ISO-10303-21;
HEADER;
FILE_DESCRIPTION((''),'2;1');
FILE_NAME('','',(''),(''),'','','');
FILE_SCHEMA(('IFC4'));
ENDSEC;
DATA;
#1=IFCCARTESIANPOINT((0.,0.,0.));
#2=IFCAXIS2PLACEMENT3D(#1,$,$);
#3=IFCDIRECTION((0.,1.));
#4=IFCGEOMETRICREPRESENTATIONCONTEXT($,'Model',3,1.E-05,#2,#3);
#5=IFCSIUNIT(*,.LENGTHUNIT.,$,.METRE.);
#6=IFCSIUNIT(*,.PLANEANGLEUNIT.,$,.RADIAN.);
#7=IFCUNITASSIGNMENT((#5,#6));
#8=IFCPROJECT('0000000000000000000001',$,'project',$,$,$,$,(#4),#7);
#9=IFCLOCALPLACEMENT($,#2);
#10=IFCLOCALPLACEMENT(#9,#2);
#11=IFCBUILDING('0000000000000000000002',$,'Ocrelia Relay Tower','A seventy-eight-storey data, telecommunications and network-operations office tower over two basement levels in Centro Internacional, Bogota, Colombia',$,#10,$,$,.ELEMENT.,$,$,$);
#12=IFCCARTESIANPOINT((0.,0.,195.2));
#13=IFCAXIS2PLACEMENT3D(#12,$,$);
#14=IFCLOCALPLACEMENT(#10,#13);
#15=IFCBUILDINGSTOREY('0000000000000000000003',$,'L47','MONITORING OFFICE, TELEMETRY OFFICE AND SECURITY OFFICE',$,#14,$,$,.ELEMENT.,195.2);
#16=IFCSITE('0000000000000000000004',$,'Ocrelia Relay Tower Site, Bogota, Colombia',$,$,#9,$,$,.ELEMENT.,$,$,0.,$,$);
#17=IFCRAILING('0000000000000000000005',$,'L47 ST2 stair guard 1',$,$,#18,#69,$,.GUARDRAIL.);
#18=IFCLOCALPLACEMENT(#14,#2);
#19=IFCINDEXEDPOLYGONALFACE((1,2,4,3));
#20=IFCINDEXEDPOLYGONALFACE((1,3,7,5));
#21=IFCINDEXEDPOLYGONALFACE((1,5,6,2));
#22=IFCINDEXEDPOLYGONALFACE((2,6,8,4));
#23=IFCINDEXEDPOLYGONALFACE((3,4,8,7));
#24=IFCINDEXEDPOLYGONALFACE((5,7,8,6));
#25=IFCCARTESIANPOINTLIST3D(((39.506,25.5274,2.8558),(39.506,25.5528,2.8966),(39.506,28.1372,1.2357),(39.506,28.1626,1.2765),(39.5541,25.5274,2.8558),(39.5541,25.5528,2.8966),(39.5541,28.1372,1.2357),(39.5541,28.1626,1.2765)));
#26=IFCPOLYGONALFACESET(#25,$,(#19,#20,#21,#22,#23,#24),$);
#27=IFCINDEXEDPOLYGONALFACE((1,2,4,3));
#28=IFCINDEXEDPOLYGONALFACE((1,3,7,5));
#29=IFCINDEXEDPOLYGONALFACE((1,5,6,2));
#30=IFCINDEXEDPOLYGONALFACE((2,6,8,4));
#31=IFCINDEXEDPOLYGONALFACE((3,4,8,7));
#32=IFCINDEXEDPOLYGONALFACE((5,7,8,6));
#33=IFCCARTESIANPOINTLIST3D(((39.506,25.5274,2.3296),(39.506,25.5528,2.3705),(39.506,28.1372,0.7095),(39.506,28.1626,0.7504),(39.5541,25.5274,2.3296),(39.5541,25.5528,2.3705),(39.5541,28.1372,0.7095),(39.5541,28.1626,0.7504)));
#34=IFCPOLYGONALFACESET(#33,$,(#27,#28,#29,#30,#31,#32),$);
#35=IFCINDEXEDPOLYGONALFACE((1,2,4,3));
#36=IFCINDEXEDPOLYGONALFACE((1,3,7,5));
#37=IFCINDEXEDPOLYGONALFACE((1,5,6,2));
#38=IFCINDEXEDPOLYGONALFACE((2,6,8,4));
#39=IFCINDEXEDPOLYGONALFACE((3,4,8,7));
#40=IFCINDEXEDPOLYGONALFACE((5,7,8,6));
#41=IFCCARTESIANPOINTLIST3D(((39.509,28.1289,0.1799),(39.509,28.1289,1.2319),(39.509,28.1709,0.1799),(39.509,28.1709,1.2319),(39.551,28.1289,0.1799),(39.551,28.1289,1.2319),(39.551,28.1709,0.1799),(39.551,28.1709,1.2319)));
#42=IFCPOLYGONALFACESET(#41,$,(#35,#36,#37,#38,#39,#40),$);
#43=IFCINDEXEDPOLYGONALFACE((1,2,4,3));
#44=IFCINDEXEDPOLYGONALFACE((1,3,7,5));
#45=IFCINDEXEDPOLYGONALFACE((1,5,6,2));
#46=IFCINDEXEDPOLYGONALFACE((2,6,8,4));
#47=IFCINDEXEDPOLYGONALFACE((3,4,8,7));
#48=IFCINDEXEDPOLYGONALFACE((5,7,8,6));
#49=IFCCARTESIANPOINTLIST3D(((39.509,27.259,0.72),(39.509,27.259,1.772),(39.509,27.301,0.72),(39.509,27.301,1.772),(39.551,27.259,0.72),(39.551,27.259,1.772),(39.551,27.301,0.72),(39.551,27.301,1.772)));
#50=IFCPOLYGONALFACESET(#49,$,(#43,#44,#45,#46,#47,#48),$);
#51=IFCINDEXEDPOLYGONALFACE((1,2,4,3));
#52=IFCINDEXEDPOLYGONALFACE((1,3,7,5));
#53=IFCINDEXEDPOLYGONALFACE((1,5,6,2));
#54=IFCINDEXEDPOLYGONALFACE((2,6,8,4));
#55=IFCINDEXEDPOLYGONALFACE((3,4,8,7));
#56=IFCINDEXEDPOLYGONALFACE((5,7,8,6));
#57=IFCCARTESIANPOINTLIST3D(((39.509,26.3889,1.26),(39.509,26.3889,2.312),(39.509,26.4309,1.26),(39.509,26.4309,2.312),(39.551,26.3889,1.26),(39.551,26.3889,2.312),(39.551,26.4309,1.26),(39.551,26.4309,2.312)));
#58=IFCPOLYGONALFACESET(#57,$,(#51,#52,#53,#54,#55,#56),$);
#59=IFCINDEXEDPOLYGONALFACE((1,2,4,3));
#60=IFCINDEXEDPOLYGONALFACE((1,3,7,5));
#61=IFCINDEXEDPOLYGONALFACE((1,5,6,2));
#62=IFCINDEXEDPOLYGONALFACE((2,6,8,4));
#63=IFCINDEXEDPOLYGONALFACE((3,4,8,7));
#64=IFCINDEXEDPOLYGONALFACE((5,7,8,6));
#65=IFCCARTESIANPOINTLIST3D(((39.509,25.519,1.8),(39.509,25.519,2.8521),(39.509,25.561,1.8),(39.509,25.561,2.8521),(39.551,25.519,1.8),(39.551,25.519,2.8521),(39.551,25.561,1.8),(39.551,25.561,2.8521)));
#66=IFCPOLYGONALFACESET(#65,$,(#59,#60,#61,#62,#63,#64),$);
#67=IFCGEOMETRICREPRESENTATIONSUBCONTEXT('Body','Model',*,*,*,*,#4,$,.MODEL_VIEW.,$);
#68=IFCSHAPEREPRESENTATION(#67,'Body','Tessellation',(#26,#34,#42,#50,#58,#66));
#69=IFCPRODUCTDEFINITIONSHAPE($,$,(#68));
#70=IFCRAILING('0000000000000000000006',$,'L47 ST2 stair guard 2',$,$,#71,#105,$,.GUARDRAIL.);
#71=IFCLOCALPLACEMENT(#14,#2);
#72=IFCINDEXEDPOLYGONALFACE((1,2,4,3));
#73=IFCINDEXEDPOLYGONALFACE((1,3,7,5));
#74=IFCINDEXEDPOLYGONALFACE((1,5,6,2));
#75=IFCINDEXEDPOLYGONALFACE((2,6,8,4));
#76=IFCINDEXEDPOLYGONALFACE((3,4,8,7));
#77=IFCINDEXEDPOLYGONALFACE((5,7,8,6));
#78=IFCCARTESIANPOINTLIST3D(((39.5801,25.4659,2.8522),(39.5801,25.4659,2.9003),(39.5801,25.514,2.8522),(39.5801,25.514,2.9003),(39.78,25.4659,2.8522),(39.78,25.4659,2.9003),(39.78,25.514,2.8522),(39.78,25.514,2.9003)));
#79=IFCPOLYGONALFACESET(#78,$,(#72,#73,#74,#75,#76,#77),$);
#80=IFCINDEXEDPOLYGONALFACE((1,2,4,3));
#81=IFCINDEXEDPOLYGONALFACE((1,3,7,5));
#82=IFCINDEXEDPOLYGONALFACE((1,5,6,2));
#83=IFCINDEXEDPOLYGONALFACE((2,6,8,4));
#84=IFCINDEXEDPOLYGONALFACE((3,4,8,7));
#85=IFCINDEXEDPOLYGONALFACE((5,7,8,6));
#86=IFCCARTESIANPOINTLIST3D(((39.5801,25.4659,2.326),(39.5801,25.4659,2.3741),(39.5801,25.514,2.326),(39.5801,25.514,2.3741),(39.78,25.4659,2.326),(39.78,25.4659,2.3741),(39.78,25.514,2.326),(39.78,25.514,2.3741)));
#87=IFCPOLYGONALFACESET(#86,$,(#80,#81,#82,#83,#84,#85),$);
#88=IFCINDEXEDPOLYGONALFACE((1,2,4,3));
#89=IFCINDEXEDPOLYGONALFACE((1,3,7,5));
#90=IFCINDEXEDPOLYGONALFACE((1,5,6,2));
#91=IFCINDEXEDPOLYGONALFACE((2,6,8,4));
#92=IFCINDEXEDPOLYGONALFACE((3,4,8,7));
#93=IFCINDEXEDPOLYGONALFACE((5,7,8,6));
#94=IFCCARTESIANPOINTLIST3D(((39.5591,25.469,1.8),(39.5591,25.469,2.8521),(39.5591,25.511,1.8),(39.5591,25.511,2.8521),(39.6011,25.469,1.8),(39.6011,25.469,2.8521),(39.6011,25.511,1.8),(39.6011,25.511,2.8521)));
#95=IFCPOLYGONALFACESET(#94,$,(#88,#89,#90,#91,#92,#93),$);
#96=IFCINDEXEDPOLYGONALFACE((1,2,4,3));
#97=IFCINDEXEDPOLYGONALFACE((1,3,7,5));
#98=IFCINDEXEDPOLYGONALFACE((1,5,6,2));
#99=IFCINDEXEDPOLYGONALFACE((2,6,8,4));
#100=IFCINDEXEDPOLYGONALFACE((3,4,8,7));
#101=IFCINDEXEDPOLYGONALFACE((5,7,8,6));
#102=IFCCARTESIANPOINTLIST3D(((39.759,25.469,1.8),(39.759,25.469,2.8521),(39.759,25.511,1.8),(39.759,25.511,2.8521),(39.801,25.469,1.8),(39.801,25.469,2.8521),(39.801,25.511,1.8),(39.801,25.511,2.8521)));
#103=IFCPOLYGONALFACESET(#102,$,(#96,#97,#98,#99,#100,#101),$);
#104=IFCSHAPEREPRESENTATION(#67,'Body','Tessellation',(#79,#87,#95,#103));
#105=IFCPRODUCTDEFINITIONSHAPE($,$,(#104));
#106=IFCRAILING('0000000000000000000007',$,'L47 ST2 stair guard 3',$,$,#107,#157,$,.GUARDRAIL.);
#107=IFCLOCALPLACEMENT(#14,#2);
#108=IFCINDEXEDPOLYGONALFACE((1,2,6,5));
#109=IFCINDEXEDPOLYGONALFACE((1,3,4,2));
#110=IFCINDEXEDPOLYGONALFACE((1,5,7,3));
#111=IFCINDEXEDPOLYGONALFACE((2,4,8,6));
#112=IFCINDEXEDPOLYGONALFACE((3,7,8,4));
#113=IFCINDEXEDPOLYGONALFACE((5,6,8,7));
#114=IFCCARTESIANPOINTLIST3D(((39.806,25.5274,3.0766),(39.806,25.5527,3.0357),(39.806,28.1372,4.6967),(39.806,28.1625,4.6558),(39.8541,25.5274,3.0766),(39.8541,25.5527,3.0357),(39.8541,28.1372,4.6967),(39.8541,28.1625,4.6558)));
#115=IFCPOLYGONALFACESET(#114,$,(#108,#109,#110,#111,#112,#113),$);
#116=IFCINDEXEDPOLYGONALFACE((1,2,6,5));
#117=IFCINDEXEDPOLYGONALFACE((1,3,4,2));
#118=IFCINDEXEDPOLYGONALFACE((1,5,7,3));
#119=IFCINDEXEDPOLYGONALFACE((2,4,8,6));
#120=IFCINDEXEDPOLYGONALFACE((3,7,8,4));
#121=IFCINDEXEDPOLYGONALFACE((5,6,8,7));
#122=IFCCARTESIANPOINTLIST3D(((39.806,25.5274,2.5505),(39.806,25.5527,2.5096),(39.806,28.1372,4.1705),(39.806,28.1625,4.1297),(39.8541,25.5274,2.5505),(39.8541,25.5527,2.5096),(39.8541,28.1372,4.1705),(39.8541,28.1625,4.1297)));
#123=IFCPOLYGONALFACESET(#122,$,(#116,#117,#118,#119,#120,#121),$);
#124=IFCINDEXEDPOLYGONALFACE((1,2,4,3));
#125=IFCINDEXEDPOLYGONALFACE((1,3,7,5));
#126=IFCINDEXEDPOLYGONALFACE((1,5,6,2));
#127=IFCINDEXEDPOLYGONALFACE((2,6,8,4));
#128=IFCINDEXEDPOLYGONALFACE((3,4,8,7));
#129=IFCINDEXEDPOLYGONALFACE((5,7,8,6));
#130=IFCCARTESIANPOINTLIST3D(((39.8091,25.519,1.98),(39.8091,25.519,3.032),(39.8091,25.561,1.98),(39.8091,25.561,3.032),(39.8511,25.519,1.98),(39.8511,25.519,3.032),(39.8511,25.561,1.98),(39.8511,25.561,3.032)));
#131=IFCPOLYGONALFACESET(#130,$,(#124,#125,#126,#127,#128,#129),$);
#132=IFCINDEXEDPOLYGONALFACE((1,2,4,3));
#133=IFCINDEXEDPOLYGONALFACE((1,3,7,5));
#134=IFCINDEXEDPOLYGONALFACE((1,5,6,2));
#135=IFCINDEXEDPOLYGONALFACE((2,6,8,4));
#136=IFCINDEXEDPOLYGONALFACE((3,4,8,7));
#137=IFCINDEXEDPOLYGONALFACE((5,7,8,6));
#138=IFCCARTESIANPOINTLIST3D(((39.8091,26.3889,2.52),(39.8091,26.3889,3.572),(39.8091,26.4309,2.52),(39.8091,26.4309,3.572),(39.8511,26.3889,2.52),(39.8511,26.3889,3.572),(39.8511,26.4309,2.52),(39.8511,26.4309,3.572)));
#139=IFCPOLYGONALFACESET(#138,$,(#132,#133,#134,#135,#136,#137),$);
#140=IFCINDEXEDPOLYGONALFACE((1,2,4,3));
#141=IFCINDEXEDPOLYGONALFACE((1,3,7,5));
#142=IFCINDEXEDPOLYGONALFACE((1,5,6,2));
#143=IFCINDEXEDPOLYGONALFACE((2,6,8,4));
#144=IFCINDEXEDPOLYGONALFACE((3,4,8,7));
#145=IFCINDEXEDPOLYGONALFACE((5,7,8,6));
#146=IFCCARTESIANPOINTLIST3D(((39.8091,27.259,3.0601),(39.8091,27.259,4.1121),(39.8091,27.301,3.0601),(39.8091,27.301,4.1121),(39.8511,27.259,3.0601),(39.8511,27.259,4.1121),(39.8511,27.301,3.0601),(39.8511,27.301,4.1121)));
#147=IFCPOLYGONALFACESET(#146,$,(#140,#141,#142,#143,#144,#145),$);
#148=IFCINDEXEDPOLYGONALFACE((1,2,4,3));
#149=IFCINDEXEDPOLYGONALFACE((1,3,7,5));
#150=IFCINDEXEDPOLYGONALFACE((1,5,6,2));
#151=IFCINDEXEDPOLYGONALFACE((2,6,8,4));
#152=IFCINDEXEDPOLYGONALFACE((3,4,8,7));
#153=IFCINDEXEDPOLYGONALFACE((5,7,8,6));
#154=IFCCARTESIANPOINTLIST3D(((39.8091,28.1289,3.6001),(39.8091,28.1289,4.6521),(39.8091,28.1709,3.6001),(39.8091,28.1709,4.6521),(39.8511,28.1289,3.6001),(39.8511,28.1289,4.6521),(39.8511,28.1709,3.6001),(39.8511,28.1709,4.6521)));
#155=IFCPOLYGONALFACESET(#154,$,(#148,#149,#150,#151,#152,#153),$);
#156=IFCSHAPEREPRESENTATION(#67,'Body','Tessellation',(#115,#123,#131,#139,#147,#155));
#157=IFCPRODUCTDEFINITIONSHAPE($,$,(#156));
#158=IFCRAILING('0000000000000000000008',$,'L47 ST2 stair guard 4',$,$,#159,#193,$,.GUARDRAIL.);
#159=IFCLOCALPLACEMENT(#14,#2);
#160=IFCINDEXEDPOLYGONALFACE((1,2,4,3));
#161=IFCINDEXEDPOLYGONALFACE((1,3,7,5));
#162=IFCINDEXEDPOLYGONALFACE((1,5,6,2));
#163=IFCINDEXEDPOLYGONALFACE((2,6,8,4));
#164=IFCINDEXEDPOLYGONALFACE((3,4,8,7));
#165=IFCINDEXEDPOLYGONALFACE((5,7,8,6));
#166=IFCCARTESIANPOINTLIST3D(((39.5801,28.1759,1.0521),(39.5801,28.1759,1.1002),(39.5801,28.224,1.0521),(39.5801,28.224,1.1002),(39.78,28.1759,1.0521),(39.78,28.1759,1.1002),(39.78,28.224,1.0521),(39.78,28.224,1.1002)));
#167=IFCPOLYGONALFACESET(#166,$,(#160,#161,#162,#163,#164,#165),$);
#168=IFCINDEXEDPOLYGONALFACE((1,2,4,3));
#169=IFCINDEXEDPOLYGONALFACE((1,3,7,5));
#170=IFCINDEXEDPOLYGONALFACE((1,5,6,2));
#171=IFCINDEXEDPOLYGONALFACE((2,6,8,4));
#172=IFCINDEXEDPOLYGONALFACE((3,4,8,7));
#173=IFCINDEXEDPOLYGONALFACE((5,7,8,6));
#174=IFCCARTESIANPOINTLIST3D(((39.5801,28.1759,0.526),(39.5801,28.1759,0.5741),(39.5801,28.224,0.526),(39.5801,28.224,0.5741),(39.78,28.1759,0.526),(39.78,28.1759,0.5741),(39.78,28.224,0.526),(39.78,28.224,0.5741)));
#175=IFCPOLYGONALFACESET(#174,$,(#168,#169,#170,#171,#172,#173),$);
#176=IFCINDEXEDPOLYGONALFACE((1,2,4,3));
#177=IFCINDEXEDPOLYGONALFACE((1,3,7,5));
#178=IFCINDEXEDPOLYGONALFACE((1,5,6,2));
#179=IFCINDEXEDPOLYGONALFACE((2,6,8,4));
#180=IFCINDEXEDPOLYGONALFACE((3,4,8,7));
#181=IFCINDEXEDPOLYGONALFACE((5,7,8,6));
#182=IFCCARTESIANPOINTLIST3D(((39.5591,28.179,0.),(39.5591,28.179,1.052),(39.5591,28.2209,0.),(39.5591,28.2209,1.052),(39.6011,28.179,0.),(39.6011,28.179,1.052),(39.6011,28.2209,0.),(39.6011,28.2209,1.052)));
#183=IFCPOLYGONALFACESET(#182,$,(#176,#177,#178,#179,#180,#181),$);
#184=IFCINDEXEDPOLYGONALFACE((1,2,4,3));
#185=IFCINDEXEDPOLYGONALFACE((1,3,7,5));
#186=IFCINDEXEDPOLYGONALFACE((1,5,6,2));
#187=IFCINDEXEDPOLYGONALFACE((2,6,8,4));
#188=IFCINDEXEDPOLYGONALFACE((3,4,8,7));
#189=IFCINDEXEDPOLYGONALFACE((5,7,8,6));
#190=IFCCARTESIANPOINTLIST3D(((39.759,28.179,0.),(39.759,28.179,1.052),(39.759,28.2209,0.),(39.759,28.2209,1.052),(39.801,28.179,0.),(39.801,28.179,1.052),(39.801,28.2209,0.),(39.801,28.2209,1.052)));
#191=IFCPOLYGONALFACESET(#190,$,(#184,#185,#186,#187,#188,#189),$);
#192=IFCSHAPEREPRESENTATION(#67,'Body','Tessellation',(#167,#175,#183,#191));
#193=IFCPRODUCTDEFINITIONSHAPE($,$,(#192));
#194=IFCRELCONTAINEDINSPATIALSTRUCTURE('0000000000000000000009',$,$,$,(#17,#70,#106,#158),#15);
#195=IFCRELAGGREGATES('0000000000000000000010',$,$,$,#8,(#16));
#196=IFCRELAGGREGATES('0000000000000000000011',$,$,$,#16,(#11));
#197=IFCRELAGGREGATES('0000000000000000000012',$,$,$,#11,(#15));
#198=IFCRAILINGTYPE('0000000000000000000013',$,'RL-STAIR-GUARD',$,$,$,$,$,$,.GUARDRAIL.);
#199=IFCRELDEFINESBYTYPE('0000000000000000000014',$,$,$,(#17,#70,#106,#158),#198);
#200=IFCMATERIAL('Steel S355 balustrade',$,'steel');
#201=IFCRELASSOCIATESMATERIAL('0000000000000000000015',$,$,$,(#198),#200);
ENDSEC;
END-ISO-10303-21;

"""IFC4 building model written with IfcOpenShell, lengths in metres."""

from ifc_helpers import new_model, si_unit, direction, frame, origin, origin_2d, place, context, subcontext, project, spatial, rectangle, extrude, material, type_object, element, save


model = new_model("IFC4")

# Units and contexts
model_context = context("Model", 3, precision=1e-05, world=origin(), true_north=direction((0.0, 1.0)))
body_context = subcontext(model_context, "Body", "Model", "MODEL_VIEW")
ifc_project = project(units=[si_unit("LENGTHUNIT", "METRE"), si_unit("PLANEANGLEUNIT", "RADIAN")], contexts=[model_context])

# Site, building, storey
site_placement = place(None, origin())
site = spatial("IfcSite", under=ifc_project, at=site_placement, Name="Ocrelia Relay Tower Site, Bogota, Colombia", CompositionType="ELEMENT", RefElevation=0.0)
building_placement = place(site_placement, origin())
building = spatial("IfcBuilding", under=site, at=building_placement, Name="Ocrelia Relay Tower", Description="A seventy-eight-storey data, telecommunications and network-operations office tower over two basement levels in Centro Internacional, Bogota, Colombia", CompositionType="ELEMENT")
storey_placement = place(building_placement, frame((0.0, 0.0, 195.2)))
storey = spatial("IfcBuildingStorey", under=building, at=storey_placement, Name="L47", Description="MONITORING OFFICE, TELEMETRY OFFICE AND SECURITY OFFICE", CompositionType="ELEMENT", Elevation=195.2)

# Railings
ifc_material_1 = material(Name="Steel S355 balustrade", Category="steel")
railing_type_1 = type_object("IfcRailingType", Name="RL-STAIR-GUARD", PredefinedType="GUARDRAIL", material=ifc_material_1)
railing_1_placement = place(storey_placement, frame((39.53, 28.1499, 0.1799)))
element("IfcRailing", 1, at=railing_1_placement, inside=storey, type_object=railing_type_1, Name="L47 ST2 stair guard 1", PredefinedType="GUARDRAIL", context=body_context, shape_type="SweptSolid", body=[
    extrude(rectangle(XDim=0.0481, YDim=0.0481, at=origin_2d()), frame((0.0, 0.0, 1.0762), z_axis=(0.0, -0.849611, 0.52741), x_axis=(1.0, 0.0, 0.0)), (0.0, 0.0, 1.0), 3.0718),
    extrude(rectangle(XDim=0.0481, YDim=0.0481, at=origin_2d()), frame((0.0, 0.0, 0.55), z_axis=(0.0, -0.849611, 0.52741), x_axis=(1.0, 0.0, 0.0)), (0.0, 0.0, 1.0), 3.0718),
    extrude(rectangle(XDim=0.042, YDim=0.042, at=origin_2d()), origin(), (0.0, 0.0, 1.0), 1.052),
    extrude(rectangle(XDim=0.042, YDim=0.042, at=origin_2d()), frame((0.0, -0.8699, 0.54)), (0.0, 0.0, 1.0), 1.052),
    extrude(rectangle(XDim=0.042, YDim=0.042, at=origin_2d()), frame((0.0, -1.74, 1.0801)), (0.0, 0.0, 1.0), 1.052),
    extrude(rectangle(XDim=0.042, YDim=0.042, at=origin_2d()), frame((0.0, -2.6099, 1.6201)), (0.0, 0.0, 1.0), 1.052),
])
railing_2_placement = place(storey_placement, frame((39.5801, 25.49, 1.8)))
element("IfcRailing", 2, at=railing_2_placement, inside=storey, type_object=railing_type_1, Name="L47 ST2 stair guard 2", PredefinedType="GUARDRAIL", context=body_context, shape_type="SweptSolid", body=[
    extrude(rectangle(XDim=0.0481, YDim=0.0481, at=origin_2d()), frame((0.0, 0.0, 1.0762), z_axis=(1.0, 0.0, 0.0), x_axis=(0.0, 1.0, 0.0)), (0.0, 0.0, 1.0), 0.2),
    extrude(rectangle(XDim=0.0481, YDim=0.0481, at=origin_2d()), frame((0.0, 0.0, 0.55), z_axis=(1.0, 0.0, 0.0), x_axis=(0.0, 1.0, 0.0)), (0.0, 0.0, 1.0), 0.2),
    extrude(rectangle(XDim=0.042, YDim=0.042, at=origin_2d()), origin(), (0.0, 0.0, 1.0), 1.052),
    extrude(rectangle(XDim=0.042, YDim=0.042, at=origin_2d()), frame((0.2, 0.0, 0.0)), (0.0, 0.0, 1.0), 1.052),
])
railing_3_placement = place(storey_placement, frame((39.8301, 25.54, 1.98)))
element("IfcRailing", 3, at=railing_3_placement, inside=storey, type_object=railing_type_1, Name="L47 ST2 stair guard 3", PredefinedType="GUARDRAIL", context=body_context, shape_type="SweptSolid", body=[
    extrude(rectangle(XDim=0.0481, YDim=0.0481, at=origin_2d()), frame((0.0, 0.0, 1.0762), z_axis=(0.0, 0.849611, 0.52741), x_axis=(-1.0, 0.0, 0.0)), (0.0, 0.0, 1.0), 3.0718),
    extrude(rectangle(XDim=0.0481, YDim=0.0481, at=origin_2d()), frame((0.0, 0.0, 0.55), z_axis=(0.0, 0.849611, 0.52741), x_axis=(-1.0, 0.0, 0.0)), (0.0, 0.0, 1.0), 3.0718),
    extrude(rectangle(XDim=0.042, YDim=0.042, at=origin_2d()), origin(), (0.0, 0.0, 1.0), 1.052),
    extrude(rectangle(XDim=0.042, YDim=0.042, at=origin_2d()), frame((0.0, 0.8699, 0.54)), (0.0, 0.0, 1.0), 1.052),
    extrude(rectangle(XDim=0.042, YDim=0.042, at=origin_2d()), frame((0.0, 1.74, 1.0801)), (0.0, 0.0, 1.0), 1.052),
    extrude(rectangle(XDim=0.042, YDim=0.042, at=origin_2d()), frame((0.0, 2.6099, 1.6201)), (0.0, 0.0, 1.0), 1.052),
])
railing_4_placement = place(storey_placement, frame((39.5801, 28.2, 0.0)))
element("IfcRailing", 4, at=railing_4_placement, inside=storey, type_object=railing_type_1, Name="L47 ST2 stair guard 4", PredefinedType="GUARDRAIL", context=body_context, shape_type="SweptSolid", body=[
    extrude(rectangle(XDim=0.0481, YDim=0.0481, at=origin_2d()), frame((0.0, 0.0, 1.0762), z_axis=(1.0, 0.0, 0.0), x_axis=(0.0, 1.0, 0.0)), (0.0, 0.0, 1.0), 0.2),
    extrude(rectangle(XDim=0.0481, YDim=0.0481, at=origin_2d()), frame((0.0, 0.0, 0.55), z_axis=(1.0, 0.0, 0.0), x_axis=(0.0, 1.0, 0.0)), (0.0, 0.0, 1.0), 0.2),
    extrude(rectangle(XDim=0.042, YDim=0.042, at=origin_2d()), origin(), (0.0, 0.0, 1.0), 1.052),
    extrude(rectangle(XDim=0.042, YDim=0.042, at=origin_2d()), frame((0.2, 0.0, 0.0)), (0.0, 0.0, 1.0), 1.052),
])

save(model, "model.ifc")
